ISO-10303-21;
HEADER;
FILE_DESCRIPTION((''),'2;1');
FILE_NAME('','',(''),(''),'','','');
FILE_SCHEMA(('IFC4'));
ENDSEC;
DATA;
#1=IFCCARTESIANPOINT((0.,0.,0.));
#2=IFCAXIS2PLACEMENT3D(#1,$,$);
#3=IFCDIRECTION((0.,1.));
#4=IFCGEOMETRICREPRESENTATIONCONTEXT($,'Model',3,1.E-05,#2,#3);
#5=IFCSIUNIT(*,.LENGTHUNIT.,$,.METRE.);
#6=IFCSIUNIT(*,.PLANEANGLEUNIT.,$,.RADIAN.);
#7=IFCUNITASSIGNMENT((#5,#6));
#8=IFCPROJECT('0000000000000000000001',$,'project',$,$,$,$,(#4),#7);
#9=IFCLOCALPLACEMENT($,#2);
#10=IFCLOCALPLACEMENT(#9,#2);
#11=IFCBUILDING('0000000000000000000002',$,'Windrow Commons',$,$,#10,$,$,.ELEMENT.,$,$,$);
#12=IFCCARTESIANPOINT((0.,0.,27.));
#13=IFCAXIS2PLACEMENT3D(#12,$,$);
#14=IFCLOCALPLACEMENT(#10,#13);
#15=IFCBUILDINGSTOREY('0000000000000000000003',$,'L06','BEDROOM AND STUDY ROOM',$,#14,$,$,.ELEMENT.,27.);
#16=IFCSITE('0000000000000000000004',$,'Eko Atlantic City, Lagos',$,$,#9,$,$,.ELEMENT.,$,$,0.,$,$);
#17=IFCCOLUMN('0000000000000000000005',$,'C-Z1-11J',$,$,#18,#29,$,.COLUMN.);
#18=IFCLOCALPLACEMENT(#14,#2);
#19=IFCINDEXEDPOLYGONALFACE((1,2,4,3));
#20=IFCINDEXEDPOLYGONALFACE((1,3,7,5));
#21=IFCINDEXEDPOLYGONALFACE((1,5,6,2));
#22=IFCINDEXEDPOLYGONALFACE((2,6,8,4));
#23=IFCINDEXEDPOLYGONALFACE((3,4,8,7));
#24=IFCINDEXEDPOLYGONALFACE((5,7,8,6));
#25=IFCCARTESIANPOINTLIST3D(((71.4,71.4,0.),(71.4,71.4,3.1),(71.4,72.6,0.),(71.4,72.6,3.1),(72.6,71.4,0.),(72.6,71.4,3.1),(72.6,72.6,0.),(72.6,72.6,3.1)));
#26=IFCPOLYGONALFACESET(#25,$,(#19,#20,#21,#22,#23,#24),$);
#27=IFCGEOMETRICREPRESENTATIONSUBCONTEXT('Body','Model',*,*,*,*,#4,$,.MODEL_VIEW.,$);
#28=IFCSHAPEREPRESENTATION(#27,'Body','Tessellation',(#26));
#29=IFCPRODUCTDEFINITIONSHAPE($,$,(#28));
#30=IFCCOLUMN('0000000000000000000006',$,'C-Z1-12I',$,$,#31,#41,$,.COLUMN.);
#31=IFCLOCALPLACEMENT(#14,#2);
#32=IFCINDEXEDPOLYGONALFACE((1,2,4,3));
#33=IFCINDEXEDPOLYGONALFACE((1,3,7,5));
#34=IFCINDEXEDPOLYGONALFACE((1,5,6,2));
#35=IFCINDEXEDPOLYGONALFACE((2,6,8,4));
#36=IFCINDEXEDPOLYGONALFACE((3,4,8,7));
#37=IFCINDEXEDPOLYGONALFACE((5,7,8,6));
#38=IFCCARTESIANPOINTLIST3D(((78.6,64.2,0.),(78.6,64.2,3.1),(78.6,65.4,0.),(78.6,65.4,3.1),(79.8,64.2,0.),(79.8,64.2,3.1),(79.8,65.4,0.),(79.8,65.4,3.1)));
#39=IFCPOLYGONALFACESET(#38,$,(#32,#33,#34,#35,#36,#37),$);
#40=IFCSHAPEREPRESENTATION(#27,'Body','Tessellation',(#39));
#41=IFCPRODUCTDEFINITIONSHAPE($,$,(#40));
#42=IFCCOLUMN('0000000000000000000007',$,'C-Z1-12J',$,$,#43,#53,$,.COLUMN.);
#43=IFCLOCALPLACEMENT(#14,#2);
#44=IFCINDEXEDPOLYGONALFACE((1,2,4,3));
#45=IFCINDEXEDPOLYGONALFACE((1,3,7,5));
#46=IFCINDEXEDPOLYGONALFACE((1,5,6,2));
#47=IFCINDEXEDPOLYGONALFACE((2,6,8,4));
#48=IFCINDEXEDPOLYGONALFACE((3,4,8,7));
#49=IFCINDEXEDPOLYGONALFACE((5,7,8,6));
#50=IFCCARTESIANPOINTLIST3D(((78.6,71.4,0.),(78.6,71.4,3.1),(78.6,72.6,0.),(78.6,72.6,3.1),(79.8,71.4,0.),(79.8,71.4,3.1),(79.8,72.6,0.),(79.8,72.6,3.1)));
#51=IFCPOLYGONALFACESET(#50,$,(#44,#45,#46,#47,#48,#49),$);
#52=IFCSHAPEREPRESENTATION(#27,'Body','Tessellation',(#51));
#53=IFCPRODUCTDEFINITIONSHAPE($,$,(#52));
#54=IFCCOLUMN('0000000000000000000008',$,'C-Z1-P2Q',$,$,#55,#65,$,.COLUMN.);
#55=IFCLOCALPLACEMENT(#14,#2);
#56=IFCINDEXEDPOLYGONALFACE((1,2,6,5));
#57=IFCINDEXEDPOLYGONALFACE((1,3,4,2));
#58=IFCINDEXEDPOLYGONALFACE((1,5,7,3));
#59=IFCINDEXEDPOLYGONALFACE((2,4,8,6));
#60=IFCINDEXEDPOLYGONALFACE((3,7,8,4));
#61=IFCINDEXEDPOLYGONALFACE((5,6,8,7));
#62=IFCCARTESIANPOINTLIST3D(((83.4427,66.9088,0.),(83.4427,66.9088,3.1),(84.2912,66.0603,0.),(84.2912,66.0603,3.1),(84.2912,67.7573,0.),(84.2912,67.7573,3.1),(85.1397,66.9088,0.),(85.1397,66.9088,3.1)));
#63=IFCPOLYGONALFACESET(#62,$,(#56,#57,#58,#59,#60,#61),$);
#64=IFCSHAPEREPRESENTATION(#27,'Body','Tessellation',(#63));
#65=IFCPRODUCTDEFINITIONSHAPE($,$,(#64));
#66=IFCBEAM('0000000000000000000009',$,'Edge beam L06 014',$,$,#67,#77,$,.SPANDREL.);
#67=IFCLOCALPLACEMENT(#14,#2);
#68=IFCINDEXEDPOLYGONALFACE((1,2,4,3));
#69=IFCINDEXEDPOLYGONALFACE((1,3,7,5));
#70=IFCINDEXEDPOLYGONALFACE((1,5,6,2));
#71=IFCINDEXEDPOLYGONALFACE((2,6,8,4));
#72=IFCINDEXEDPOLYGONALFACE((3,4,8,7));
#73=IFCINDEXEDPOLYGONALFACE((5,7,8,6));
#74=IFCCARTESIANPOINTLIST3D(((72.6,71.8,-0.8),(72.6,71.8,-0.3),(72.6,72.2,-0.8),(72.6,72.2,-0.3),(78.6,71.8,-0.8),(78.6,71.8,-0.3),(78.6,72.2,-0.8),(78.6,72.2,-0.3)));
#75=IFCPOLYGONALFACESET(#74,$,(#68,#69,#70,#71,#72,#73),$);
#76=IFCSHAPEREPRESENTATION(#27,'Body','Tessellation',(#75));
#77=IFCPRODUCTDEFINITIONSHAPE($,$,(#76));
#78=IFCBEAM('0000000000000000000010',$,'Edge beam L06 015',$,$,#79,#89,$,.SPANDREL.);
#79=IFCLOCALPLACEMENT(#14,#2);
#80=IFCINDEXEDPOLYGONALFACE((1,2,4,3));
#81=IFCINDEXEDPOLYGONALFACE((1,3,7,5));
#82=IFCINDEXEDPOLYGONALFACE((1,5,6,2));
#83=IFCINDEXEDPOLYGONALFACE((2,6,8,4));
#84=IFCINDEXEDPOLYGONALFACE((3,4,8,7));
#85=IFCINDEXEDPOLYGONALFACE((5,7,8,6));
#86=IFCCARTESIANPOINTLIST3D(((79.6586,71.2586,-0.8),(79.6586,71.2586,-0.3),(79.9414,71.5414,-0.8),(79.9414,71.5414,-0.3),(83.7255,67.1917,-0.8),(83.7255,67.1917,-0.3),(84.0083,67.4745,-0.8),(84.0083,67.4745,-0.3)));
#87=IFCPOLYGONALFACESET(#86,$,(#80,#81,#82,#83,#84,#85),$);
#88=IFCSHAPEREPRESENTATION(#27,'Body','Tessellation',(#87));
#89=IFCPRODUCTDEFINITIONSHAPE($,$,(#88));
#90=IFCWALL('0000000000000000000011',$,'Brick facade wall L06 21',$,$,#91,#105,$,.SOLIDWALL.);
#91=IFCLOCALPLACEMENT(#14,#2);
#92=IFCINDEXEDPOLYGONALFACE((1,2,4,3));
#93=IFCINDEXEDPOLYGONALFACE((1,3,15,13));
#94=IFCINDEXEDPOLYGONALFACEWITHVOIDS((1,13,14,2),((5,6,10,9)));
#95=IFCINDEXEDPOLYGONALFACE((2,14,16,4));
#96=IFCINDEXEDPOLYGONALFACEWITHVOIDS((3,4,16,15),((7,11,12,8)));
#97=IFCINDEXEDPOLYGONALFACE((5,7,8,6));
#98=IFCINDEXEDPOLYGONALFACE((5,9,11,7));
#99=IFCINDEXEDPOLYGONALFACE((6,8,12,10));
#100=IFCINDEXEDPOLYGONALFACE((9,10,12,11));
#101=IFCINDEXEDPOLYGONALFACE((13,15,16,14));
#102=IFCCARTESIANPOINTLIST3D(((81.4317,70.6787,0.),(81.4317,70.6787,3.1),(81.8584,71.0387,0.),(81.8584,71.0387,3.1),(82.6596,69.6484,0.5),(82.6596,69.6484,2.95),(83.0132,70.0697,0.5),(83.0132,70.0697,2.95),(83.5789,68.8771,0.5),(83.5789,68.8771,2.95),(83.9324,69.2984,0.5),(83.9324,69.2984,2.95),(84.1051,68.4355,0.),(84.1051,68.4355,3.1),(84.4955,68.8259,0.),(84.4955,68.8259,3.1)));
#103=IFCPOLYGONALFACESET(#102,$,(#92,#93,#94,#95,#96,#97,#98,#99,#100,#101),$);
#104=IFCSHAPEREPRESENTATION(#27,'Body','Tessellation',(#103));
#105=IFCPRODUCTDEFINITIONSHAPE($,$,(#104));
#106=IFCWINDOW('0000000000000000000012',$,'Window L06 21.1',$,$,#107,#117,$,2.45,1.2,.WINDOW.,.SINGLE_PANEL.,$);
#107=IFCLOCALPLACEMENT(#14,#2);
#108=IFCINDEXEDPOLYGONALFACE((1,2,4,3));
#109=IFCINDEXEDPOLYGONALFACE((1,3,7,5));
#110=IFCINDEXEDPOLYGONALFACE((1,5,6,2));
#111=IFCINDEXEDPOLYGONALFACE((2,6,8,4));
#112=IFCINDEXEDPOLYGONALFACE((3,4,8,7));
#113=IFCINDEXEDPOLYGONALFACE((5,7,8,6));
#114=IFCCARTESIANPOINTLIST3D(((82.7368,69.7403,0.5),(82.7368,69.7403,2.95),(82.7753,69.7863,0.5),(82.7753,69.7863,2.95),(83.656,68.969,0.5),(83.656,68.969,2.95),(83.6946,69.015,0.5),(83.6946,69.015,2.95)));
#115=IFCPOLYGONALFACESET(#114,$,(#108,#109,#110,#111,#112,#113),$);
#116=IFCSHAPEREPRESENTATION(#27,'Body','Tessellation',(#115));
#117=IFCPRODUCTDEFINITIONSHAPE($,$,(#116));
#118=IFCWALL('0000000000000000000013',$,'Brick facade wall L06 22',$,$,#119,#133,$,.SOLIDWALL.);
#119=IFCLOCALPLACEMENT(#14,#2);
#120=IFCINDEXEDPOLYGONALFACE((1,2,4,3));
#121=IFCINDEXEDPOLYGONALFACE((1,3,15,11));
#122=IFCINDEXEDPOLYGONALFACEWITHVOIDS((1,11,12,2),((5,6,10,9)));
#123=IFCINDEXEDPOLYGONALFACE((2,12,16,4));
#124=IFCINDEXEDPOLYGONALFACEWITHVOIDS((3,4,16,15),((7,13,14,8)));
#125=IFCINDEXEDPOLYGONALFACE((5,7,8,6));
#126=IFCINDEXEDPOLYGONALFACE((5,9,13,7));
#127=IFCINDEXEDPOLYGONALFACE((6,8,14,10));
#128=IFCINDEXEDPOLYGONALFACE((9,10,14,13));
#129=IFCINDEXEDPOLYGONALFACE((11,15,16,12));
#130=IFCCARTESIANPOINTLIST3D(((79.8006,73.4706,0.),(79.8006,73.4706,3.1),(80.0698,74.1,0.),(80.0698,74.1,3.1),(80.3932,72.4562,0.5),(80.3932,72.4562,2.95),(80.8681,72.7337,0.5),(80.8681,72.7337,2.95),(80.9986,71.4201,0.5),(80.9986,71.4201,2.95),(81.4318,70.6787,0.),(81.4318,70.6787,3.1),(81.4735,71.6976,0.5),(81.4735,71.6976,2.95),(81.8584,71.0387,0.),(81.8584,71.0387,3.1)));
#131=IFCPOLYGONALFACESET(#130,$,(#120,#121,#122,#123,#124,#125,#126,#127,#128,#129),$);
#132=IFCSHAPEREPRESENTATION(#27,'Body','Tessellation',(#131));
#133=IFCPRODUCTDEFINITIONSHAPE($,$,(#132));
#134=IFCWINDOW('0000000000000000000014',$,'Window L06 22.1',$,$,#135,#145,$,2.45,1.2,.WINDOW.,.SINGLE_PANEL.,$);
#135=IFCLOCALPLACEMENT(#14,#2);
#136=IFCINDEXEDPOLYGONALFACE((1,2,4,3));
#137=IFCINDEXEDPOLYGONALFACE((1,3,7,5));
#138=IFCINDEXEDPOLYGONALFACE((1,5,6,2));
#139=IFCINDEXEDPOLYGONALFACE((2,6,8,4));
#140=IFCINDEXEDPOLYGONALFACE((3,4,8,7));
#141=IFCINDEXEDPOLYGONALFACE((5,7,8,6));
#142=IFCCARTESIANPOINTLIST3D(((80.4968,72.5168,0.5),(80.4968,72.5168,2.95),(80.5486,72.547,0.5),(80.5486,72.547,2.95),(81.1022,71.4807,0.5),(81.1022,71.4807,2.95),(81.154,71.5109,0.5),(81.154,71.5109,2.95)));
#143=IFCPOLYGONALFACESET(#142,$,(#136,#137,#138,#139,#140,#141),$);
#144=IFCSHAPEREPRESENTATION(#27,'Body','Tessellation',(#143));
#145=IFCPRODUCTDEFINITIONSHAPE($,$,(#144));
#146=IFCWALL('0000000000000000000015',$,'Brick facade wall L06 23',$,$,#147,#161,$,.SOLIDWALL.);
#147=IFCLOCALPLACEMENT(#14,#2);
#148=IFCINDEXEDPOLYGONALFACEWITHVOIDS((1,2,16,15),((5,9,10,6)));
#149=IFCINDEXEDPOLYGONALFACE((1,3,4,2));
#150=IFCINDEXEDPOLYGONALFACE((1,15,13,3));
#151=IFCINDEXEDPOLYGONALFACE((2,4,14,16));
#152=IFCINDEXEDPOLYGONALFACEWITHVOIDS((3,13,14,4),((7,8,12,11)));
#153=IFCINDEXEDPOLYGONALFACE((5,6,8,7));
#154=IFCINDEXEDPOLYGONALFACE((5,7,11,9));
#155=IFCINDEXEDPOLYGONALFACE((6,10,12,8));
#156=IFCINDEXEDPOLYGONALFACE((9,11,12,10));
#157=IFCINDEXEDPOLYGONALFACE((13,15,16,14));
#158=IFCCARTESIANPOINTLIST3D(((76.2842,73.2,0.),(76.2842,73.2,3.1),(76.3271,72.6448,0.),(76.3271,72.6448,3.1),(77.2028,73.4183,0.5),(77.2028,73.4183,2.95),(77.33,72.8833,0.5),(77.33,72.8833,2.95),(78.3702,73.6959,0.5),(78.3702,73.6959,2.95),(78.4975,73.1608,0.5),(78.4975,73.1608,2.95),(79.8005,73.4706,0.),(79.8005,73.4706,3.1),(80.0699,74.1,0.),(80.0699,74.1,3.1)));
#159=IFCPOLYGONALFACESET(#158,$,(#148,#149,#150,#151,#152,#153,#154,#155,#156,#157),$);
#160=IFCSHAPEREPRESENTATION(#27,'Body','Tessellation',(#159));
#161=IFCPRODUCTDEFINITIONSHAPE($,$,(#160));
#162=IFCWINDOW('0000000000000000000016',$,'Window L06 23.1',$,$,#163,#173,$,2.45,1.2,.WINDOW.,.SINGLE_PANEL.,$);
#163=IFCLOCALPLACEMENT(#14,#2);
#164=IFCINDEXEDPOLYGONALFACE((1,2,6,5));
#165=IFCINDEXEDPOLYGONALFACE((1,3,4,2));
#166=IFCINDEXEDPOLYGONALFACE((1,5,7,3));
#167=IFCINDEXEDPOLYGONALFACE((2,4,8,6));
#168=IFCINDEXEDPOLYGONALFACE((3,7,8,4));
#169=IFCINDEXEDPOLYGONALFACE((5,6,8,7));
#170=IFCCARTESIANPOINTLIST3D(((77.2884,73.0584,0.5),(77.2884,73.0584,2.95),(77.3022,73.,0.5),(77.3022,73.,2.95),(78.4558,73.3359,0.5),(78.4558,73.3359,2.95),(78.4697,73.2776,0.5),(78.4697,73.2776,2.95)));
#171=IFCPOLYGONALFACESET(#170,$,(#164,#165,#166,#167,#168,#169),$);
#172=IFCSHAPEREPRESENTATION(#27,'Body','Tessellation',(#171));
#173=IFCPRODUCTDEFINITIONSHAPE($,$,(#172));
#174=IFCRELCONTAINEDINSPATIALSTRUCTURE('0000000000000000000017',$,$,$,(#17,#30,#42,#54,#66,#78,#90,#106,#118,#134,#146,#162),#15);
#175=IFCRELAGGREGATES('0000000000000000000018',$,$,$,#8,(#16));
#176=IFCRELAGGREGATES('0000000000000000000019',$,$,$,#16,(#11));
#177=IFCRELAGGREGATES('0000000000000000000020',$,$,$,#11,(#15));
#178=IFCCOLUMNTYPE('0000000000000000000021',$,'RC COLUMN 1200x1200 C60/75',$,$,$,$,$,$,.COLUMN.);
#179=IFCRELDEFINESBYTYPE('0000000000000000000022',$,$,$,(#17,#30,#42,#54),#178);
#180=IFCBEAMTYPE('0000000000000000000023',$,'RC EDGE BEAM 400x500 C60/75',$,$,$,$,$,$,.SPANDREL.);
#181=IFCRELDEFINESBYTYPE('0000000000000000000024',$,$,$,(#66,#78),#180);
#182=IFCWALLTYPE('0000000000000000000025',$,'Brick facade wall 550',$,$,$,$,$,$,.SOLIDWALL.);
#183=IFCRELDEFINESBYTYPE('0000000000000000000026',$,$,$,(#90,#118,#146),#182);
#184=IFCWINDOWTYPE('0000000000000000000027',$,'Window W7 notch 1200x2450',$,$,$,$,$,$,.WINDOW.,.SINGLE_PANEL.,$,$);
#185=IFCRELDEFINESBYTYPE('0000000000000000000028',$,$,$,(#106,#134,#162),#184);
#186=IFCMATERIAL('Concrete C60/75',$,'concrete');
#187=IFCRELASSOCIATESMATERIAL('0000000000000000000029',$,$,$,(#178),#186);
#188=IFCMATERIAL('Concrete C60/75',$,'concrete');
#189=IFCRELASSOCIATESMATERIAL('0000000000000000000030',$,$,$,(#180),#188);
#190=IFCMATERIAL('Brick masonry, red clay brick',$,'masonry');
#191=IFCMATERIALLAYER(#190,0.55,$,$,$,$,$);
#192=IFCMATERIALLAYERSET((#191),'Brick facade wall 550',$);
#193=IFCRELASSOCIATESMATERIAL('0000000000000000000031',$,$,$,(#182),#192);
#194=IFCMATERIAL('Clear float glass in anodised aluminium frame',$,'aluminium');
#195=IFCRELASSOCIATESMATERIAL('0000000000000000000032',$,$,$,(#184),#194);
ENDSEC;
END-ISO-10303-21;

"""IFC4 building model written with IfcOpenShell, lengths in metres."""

from ifc_helpers import new_model, si_unit, direction, frame, frame_2d, origin, origin_2d, place, context, subcontext, project, spatial, polyline, rectangle, outline, extrude, material, layer, layer_set, material_profile, profile_set, type_object, element, fill, save


model = new_model("IFC4")

# Units and contexts
model_context = context("Model", 3, precision=1e-05, world=origin(), true_north=direction((0.0, 1.0)))
body_context = subcontext(model_context, "Body", "Model", "MODEL_VIEW")
ifc_project = project(units=[si_unit("LENGTHUNIT", "METRE"), si_unit("PLANEANGLEUNIT", "RADIAN")], contexts=[model_context])

# Site, building, storey
site_placement = place(None, origin())
site = spatial("IfcSite", under=ifc_project, at=site_placement, Name="Eko Atlantic City, Lagos", CompositionType="ELEMENT", RefElevation=0.0)
building_placement = place(site_placement, origin())
building = spatial("IfcBuilding", under=site, at=building_placement, Name="Windrow Commons", CompositionType="ELEMENT")
storey_placement = place(building_placement, frame((0.0, 0.0, 27.0)))
storey = spatial("IfcBuildingStorey", under=building, at=storey_placement, Name="L06", Description="BEDROOM AND STUDY ROOM", CompositionType="ELEMENT", Elevation=27.0)

# Columns
ifc_material_1 = material(Name="Concrete C60/75", Category="concrete")
ifc_material_profile_1 = material_profile(ifc_material_1, rectangle(XDim=1.2, YDim=1.2, at=origin_2d()))
ifc_profile_set_1 = profile_set([ifc_material_profile_1], Name="Concrete C60/75")
column_type = type_object("IfcColumnType", Name="RC COLUMN 1200x1200 C60/75", PredefinedType="COLUMN", material=ifc_profile_set_1)
for number, where, z_axis, x_axis, name in (
    (1, (72.0, 72.0, 0.0), (0.0, 0.0, 1.0), (1.0, 0.0, 0.0), "C-Z1-11J"),
    (2, (79.2, 64.8, 0.0), (0.0, 0.0, 1.0), (1.0, 0.0, 0.0), "C-Z1-12I"),
    (3, (79.2, 72.0, 0.0), (0.0, 0.0, 1.0), (1.0, 0.0, 0.0), "C-Z1-12J"),
    (4, (84.2912, 66.9088, 0.0), (0.0, 0.0, 1.0), (0.707107, -0.707107, 0.0), "C-Z1-P2Q"),
):
    element("IfcColumn", number, at=place(storey_placement, frame(where, z_axis=z_axis, x_axis=x_axis)), inside=storey, type_object=column_type, Name=name, PredefinedType="COLUMN", context=body_context, shape_type="SweptSolid", body=[
        extrude(rectangle(XDim=1.2, YDim=1.2, at=origin_2d()), origin(), (0.0, 0.0, 1.0), 3.1),
    ])

# Beams
ifc_material_2 = material(Name="Concrete C60/75", Category="concrete")
ifc_material_profile_2 = material_profile(ifc_material_2, rectangle(XDim=0.4, YDim=0.5, at=origin_2d()))
ifc_profile_set_2 = profile_set([ifc_material_profile_2], Name="Concrete C60/75")
beam_type = type_object("IfcBeamType", Name="RC EDGE BEAM 400x500 C60/75", PredefinedType="SPANDREL", material=ifc_profile_set_2)
beam_1_placement = place(storey_placement, frame((72.6, 72.0, -0.55), z_axis=(1.0, 0.0, 0.0), x_axis=(0.0, 1.0, 0.0)))
element("IfcBeam", 5, at=beam_1_placement, inside=storey, type_object=beam_type, Name="Edge beam L06 014", PredefinedType="SPANDREL", context=body_context, shape_type="SweptSolid", body=[
    extrude(rectangle(XDim=0.4, YDim=0.5, at=origin_2d()), origin(), (0.0, 0.0, 1.0), 6.0),
])
beam_2_placement = place(storey_placement, frame((79.8, 71.4, -0.55), z_axis=(0.707107, -0.707107, 0.0), x_axis=(0.707107, 0.707107, 0.0)))
element("IfcBeam", 6, at=beam_2_placement, inside=storey, type_object=beam_type, Name="Edge beam L06 015", PredefinedType="SPANDREL", context=body_context, shape_type="SweptSolid", body=[
    extrude(rectangle(XDim=0.4, YDim=0.5, at=origin_2d()), origin(), (0.0, 0.0, 1.0), 5.7515),
])

# Walls, openings, windows
ifc_material_3 = material(Name="Brick masonry, red clay brick", Category="masonry")
ifc_layer_1 = layer(ifc_material_3, 0.55)
ifc_layer_set_1 = layer_set([ifc_layer_1], Name="Brick facade wall 550")
wall_type_1 = type_object("IfcWallType", Name="Brick facade wall 550", PredefinedType="SOLIDWALL", material=ifc_layer_set_1)
wall_1_placement = place(storey_placement, frame((84.3003, 68.6307, 0.0), z_axis=(0.0, 0.0, 1.0), x_axis=(-0.766041, 0.642791, 0.0)))
wall_1 = element("IfcWall", 7, at=wall_1_placement, inside=storey, type_object=wall_type_1, Name="Brick facade wall L06 21", PredefinedType="SOLIDWALL", context=body_context, shape_type="SweptSolid", body=[
    extrude(outline(polyline([(-0.0241, -0.275), (3.4184, -0.275), (3.5139, 0.275), (0.0241, 0.275), (-0.0241, -0.275)])), origin(), (0.0, 0.0, 1.0), 3.1),
])
opening_1_placement = place(wall_1_placement, frame((0.711, 0.0, 0.5)))
opening_1 = element("IfcOpeningElement", 8, at=opening_1_placement, cuts=wall_1, PredefinedType="OPENING", context=body_context, shape_type="SweptSolid", body=[
    extrude(rectangle(XDim=1.2, YDim=2.45, at=frame_2d((0.6, 1.225))), frame((0.0, 0.285, 0.0), z_axis=(0.0, -1.0, 0.0), x_axis=(1.0, 0.0, 0.0)), (0.0, 0.0, 1.0), 0.57),
])
ifc_material_4 = material(Name="Clear float glass in anodised aluminium frame", Category="aluminium")
window_type_1 = type_object("IfcWindowType", Name="Window W7 notch 1200x2450", PartitioningType="SINGLE_PANEL", PredefinedType="WINDOW", material=ifc_material_4)
window_1_placement = place(opening_1_placement, origin())
window_1 = element("IfcWindow", 9, at=window_1_placement, inside=storey, type_object=window_type_1, Name="Window L06 21.1", OverallHeight=2.45, OverallWidth=1.2, PartitioningType="SINGLE_PANEL", PredefinedType="WINDOW", context=body_context, shape_type="SweptSolid", body=[
    extrude(rectangle(XDim=1.2, YDim=2.45, at=frame_2d((0.6, 1.225))), frame((0.0, 0.155, 0.0), z_axis=(0.0, -1.0, 0.0), x_axis=(1.0, 0.0, 0.0)), (0.0, 0.0, 1.0), 0.06),
])
fill(opening_1, window_1)
wall_2_placement = place(storey_placement, frame((81.6451, 70.8587, 0.0), z_axis=(0.0, 0.0, 1.0), x_axis=(-0.504469, 0.86343, 0.0)))
wall_2 = element("IfcWall", 10, at=wall_2_placement, inside=storey, type_object=wall_type_1, Name="Brick facade wall L06 22", PredefinedType="SOLIDWALL", context=body_context, shape_type="SweptSolid", body=[
    extrude(outline(polyline([(0.0478, -0.275), (3.5933, -0.275), (3.1857, 0.275), (-0.0478, 0.275), (0.0478, -0.275)])), origin(), (0.0, 0.0, 1.0), 3.1),
])
opening_2_placement = place(wall_2_placement, frame((0.8109, 0.0, 0.5)))
opening_2 = element("IfcOpeningElement", 11, at=opening_2_placement, cuts=wall_2, PredefinedType="OPENING", context=body_context, shape_type="SweptSolid", body=[
    extrude(rectangle(XDim=1.2, YDim=2.45, at=frame_2d((0.6, 1.225))), frame((0.0, 0.285, 0.0), z_axis=(0.0, -1.0, 0.0), x_axis=(1.0, 0.0, 0.0)), (0.0, 0.0, 1.0), 0.57),
])
window_2_placement = place(opening_2_placement, origin())
window_2 = element("IfcWindow", 12, at=window_2_placement, inside=storey, type_object=window_type_1, Name="Window L06 22.1", OverallHeight=2.45, OverallWidth=1.2, PartitioningType="SINGLE_PANEL", PredefinedType="WINDOW", context=body_context, shape_type="SweptSolid", body=[
    extrude(rectangle(XDim=1.2, YDim=2.45, at=frame_2d((0.6, 1.225))), frame((0.0, 0.155, 0.0), z_axis=(0.0, -1.0, 0.0), x_axis=(1.0, 0.0, 0.0)), (0.0, 0.0, 1.0), 0.06),
])
fill(opening_2, window_2)
wall_3_placement = place(storey_placement, frame((79.9352, 73.7853, 0.0), z_axis=(0.0, 0.0, 1.0), x_axis=(-0.972883, -0.231299, 0.0)))
wall_3 = element("IfcWall", 13, at=wall_3_placement, inside=storey, type_object=wall_type_1, Name="Brick facade wall L06 23", PredefinedType="SOLIDWALL", context=body_context, shape_type="SweptSolid", body=[
    extrude(outline(polyline([(-0.2038, -0.275), (3.6874, -0.275), (3.774, 0.275), (0.2038, 0.275), (-0.2038, -0.275)])), origin(), (0.0, 0.0, 1.0), 3.1),
])
opening_3_placement = place(wall_3_placement, frame((1.5432, 0.0, 0.5)))
opening_3 = element("IfcOpeningElement", 14, at=opening_3_placement, cuts=wall_3, PredefinedType="OPENING", context=body_context, shape_type="SweptSolid", body=[
    extrude(rectangle(XDim=1.2, YDim=2.45, at=frame_2d((0.6, 1.225))), frame((0.0, 0.285, 0.0), z_axis=(0.0, -1.0, 0.0), x_axis=(1.0, 0.0, 0.0)), (0.0, 0.0, 1.0), 0.57),
])
window_3_placement = place(opening_3_placement, origin())
window_3 = element("IfcWindow", 15, at=window_3_placement, inside=storey, type_object=window_type_1, Name="Window L06 23.1", OverallHeight=2.45, OverallWidth=1.2, PartitioningType="SINGLE_PANEL", PredefinedType="WINDOW", context=body_context, shape_type="SweptSolid", body=[
    extrude(rectangle(XDim=1.2, YDim=2.45, at=frame_2d((0.6, 1.225))), frame((0.0, 0.155, 0.0), z_axis=(0.0, -1.0, 0.0), x_axis=(1.0, 0.0, 0.0)), (0.0, 0.0, 1.0), 0.06),
])
fill(opening_3, window_3)

save(model, "model.ifc")
